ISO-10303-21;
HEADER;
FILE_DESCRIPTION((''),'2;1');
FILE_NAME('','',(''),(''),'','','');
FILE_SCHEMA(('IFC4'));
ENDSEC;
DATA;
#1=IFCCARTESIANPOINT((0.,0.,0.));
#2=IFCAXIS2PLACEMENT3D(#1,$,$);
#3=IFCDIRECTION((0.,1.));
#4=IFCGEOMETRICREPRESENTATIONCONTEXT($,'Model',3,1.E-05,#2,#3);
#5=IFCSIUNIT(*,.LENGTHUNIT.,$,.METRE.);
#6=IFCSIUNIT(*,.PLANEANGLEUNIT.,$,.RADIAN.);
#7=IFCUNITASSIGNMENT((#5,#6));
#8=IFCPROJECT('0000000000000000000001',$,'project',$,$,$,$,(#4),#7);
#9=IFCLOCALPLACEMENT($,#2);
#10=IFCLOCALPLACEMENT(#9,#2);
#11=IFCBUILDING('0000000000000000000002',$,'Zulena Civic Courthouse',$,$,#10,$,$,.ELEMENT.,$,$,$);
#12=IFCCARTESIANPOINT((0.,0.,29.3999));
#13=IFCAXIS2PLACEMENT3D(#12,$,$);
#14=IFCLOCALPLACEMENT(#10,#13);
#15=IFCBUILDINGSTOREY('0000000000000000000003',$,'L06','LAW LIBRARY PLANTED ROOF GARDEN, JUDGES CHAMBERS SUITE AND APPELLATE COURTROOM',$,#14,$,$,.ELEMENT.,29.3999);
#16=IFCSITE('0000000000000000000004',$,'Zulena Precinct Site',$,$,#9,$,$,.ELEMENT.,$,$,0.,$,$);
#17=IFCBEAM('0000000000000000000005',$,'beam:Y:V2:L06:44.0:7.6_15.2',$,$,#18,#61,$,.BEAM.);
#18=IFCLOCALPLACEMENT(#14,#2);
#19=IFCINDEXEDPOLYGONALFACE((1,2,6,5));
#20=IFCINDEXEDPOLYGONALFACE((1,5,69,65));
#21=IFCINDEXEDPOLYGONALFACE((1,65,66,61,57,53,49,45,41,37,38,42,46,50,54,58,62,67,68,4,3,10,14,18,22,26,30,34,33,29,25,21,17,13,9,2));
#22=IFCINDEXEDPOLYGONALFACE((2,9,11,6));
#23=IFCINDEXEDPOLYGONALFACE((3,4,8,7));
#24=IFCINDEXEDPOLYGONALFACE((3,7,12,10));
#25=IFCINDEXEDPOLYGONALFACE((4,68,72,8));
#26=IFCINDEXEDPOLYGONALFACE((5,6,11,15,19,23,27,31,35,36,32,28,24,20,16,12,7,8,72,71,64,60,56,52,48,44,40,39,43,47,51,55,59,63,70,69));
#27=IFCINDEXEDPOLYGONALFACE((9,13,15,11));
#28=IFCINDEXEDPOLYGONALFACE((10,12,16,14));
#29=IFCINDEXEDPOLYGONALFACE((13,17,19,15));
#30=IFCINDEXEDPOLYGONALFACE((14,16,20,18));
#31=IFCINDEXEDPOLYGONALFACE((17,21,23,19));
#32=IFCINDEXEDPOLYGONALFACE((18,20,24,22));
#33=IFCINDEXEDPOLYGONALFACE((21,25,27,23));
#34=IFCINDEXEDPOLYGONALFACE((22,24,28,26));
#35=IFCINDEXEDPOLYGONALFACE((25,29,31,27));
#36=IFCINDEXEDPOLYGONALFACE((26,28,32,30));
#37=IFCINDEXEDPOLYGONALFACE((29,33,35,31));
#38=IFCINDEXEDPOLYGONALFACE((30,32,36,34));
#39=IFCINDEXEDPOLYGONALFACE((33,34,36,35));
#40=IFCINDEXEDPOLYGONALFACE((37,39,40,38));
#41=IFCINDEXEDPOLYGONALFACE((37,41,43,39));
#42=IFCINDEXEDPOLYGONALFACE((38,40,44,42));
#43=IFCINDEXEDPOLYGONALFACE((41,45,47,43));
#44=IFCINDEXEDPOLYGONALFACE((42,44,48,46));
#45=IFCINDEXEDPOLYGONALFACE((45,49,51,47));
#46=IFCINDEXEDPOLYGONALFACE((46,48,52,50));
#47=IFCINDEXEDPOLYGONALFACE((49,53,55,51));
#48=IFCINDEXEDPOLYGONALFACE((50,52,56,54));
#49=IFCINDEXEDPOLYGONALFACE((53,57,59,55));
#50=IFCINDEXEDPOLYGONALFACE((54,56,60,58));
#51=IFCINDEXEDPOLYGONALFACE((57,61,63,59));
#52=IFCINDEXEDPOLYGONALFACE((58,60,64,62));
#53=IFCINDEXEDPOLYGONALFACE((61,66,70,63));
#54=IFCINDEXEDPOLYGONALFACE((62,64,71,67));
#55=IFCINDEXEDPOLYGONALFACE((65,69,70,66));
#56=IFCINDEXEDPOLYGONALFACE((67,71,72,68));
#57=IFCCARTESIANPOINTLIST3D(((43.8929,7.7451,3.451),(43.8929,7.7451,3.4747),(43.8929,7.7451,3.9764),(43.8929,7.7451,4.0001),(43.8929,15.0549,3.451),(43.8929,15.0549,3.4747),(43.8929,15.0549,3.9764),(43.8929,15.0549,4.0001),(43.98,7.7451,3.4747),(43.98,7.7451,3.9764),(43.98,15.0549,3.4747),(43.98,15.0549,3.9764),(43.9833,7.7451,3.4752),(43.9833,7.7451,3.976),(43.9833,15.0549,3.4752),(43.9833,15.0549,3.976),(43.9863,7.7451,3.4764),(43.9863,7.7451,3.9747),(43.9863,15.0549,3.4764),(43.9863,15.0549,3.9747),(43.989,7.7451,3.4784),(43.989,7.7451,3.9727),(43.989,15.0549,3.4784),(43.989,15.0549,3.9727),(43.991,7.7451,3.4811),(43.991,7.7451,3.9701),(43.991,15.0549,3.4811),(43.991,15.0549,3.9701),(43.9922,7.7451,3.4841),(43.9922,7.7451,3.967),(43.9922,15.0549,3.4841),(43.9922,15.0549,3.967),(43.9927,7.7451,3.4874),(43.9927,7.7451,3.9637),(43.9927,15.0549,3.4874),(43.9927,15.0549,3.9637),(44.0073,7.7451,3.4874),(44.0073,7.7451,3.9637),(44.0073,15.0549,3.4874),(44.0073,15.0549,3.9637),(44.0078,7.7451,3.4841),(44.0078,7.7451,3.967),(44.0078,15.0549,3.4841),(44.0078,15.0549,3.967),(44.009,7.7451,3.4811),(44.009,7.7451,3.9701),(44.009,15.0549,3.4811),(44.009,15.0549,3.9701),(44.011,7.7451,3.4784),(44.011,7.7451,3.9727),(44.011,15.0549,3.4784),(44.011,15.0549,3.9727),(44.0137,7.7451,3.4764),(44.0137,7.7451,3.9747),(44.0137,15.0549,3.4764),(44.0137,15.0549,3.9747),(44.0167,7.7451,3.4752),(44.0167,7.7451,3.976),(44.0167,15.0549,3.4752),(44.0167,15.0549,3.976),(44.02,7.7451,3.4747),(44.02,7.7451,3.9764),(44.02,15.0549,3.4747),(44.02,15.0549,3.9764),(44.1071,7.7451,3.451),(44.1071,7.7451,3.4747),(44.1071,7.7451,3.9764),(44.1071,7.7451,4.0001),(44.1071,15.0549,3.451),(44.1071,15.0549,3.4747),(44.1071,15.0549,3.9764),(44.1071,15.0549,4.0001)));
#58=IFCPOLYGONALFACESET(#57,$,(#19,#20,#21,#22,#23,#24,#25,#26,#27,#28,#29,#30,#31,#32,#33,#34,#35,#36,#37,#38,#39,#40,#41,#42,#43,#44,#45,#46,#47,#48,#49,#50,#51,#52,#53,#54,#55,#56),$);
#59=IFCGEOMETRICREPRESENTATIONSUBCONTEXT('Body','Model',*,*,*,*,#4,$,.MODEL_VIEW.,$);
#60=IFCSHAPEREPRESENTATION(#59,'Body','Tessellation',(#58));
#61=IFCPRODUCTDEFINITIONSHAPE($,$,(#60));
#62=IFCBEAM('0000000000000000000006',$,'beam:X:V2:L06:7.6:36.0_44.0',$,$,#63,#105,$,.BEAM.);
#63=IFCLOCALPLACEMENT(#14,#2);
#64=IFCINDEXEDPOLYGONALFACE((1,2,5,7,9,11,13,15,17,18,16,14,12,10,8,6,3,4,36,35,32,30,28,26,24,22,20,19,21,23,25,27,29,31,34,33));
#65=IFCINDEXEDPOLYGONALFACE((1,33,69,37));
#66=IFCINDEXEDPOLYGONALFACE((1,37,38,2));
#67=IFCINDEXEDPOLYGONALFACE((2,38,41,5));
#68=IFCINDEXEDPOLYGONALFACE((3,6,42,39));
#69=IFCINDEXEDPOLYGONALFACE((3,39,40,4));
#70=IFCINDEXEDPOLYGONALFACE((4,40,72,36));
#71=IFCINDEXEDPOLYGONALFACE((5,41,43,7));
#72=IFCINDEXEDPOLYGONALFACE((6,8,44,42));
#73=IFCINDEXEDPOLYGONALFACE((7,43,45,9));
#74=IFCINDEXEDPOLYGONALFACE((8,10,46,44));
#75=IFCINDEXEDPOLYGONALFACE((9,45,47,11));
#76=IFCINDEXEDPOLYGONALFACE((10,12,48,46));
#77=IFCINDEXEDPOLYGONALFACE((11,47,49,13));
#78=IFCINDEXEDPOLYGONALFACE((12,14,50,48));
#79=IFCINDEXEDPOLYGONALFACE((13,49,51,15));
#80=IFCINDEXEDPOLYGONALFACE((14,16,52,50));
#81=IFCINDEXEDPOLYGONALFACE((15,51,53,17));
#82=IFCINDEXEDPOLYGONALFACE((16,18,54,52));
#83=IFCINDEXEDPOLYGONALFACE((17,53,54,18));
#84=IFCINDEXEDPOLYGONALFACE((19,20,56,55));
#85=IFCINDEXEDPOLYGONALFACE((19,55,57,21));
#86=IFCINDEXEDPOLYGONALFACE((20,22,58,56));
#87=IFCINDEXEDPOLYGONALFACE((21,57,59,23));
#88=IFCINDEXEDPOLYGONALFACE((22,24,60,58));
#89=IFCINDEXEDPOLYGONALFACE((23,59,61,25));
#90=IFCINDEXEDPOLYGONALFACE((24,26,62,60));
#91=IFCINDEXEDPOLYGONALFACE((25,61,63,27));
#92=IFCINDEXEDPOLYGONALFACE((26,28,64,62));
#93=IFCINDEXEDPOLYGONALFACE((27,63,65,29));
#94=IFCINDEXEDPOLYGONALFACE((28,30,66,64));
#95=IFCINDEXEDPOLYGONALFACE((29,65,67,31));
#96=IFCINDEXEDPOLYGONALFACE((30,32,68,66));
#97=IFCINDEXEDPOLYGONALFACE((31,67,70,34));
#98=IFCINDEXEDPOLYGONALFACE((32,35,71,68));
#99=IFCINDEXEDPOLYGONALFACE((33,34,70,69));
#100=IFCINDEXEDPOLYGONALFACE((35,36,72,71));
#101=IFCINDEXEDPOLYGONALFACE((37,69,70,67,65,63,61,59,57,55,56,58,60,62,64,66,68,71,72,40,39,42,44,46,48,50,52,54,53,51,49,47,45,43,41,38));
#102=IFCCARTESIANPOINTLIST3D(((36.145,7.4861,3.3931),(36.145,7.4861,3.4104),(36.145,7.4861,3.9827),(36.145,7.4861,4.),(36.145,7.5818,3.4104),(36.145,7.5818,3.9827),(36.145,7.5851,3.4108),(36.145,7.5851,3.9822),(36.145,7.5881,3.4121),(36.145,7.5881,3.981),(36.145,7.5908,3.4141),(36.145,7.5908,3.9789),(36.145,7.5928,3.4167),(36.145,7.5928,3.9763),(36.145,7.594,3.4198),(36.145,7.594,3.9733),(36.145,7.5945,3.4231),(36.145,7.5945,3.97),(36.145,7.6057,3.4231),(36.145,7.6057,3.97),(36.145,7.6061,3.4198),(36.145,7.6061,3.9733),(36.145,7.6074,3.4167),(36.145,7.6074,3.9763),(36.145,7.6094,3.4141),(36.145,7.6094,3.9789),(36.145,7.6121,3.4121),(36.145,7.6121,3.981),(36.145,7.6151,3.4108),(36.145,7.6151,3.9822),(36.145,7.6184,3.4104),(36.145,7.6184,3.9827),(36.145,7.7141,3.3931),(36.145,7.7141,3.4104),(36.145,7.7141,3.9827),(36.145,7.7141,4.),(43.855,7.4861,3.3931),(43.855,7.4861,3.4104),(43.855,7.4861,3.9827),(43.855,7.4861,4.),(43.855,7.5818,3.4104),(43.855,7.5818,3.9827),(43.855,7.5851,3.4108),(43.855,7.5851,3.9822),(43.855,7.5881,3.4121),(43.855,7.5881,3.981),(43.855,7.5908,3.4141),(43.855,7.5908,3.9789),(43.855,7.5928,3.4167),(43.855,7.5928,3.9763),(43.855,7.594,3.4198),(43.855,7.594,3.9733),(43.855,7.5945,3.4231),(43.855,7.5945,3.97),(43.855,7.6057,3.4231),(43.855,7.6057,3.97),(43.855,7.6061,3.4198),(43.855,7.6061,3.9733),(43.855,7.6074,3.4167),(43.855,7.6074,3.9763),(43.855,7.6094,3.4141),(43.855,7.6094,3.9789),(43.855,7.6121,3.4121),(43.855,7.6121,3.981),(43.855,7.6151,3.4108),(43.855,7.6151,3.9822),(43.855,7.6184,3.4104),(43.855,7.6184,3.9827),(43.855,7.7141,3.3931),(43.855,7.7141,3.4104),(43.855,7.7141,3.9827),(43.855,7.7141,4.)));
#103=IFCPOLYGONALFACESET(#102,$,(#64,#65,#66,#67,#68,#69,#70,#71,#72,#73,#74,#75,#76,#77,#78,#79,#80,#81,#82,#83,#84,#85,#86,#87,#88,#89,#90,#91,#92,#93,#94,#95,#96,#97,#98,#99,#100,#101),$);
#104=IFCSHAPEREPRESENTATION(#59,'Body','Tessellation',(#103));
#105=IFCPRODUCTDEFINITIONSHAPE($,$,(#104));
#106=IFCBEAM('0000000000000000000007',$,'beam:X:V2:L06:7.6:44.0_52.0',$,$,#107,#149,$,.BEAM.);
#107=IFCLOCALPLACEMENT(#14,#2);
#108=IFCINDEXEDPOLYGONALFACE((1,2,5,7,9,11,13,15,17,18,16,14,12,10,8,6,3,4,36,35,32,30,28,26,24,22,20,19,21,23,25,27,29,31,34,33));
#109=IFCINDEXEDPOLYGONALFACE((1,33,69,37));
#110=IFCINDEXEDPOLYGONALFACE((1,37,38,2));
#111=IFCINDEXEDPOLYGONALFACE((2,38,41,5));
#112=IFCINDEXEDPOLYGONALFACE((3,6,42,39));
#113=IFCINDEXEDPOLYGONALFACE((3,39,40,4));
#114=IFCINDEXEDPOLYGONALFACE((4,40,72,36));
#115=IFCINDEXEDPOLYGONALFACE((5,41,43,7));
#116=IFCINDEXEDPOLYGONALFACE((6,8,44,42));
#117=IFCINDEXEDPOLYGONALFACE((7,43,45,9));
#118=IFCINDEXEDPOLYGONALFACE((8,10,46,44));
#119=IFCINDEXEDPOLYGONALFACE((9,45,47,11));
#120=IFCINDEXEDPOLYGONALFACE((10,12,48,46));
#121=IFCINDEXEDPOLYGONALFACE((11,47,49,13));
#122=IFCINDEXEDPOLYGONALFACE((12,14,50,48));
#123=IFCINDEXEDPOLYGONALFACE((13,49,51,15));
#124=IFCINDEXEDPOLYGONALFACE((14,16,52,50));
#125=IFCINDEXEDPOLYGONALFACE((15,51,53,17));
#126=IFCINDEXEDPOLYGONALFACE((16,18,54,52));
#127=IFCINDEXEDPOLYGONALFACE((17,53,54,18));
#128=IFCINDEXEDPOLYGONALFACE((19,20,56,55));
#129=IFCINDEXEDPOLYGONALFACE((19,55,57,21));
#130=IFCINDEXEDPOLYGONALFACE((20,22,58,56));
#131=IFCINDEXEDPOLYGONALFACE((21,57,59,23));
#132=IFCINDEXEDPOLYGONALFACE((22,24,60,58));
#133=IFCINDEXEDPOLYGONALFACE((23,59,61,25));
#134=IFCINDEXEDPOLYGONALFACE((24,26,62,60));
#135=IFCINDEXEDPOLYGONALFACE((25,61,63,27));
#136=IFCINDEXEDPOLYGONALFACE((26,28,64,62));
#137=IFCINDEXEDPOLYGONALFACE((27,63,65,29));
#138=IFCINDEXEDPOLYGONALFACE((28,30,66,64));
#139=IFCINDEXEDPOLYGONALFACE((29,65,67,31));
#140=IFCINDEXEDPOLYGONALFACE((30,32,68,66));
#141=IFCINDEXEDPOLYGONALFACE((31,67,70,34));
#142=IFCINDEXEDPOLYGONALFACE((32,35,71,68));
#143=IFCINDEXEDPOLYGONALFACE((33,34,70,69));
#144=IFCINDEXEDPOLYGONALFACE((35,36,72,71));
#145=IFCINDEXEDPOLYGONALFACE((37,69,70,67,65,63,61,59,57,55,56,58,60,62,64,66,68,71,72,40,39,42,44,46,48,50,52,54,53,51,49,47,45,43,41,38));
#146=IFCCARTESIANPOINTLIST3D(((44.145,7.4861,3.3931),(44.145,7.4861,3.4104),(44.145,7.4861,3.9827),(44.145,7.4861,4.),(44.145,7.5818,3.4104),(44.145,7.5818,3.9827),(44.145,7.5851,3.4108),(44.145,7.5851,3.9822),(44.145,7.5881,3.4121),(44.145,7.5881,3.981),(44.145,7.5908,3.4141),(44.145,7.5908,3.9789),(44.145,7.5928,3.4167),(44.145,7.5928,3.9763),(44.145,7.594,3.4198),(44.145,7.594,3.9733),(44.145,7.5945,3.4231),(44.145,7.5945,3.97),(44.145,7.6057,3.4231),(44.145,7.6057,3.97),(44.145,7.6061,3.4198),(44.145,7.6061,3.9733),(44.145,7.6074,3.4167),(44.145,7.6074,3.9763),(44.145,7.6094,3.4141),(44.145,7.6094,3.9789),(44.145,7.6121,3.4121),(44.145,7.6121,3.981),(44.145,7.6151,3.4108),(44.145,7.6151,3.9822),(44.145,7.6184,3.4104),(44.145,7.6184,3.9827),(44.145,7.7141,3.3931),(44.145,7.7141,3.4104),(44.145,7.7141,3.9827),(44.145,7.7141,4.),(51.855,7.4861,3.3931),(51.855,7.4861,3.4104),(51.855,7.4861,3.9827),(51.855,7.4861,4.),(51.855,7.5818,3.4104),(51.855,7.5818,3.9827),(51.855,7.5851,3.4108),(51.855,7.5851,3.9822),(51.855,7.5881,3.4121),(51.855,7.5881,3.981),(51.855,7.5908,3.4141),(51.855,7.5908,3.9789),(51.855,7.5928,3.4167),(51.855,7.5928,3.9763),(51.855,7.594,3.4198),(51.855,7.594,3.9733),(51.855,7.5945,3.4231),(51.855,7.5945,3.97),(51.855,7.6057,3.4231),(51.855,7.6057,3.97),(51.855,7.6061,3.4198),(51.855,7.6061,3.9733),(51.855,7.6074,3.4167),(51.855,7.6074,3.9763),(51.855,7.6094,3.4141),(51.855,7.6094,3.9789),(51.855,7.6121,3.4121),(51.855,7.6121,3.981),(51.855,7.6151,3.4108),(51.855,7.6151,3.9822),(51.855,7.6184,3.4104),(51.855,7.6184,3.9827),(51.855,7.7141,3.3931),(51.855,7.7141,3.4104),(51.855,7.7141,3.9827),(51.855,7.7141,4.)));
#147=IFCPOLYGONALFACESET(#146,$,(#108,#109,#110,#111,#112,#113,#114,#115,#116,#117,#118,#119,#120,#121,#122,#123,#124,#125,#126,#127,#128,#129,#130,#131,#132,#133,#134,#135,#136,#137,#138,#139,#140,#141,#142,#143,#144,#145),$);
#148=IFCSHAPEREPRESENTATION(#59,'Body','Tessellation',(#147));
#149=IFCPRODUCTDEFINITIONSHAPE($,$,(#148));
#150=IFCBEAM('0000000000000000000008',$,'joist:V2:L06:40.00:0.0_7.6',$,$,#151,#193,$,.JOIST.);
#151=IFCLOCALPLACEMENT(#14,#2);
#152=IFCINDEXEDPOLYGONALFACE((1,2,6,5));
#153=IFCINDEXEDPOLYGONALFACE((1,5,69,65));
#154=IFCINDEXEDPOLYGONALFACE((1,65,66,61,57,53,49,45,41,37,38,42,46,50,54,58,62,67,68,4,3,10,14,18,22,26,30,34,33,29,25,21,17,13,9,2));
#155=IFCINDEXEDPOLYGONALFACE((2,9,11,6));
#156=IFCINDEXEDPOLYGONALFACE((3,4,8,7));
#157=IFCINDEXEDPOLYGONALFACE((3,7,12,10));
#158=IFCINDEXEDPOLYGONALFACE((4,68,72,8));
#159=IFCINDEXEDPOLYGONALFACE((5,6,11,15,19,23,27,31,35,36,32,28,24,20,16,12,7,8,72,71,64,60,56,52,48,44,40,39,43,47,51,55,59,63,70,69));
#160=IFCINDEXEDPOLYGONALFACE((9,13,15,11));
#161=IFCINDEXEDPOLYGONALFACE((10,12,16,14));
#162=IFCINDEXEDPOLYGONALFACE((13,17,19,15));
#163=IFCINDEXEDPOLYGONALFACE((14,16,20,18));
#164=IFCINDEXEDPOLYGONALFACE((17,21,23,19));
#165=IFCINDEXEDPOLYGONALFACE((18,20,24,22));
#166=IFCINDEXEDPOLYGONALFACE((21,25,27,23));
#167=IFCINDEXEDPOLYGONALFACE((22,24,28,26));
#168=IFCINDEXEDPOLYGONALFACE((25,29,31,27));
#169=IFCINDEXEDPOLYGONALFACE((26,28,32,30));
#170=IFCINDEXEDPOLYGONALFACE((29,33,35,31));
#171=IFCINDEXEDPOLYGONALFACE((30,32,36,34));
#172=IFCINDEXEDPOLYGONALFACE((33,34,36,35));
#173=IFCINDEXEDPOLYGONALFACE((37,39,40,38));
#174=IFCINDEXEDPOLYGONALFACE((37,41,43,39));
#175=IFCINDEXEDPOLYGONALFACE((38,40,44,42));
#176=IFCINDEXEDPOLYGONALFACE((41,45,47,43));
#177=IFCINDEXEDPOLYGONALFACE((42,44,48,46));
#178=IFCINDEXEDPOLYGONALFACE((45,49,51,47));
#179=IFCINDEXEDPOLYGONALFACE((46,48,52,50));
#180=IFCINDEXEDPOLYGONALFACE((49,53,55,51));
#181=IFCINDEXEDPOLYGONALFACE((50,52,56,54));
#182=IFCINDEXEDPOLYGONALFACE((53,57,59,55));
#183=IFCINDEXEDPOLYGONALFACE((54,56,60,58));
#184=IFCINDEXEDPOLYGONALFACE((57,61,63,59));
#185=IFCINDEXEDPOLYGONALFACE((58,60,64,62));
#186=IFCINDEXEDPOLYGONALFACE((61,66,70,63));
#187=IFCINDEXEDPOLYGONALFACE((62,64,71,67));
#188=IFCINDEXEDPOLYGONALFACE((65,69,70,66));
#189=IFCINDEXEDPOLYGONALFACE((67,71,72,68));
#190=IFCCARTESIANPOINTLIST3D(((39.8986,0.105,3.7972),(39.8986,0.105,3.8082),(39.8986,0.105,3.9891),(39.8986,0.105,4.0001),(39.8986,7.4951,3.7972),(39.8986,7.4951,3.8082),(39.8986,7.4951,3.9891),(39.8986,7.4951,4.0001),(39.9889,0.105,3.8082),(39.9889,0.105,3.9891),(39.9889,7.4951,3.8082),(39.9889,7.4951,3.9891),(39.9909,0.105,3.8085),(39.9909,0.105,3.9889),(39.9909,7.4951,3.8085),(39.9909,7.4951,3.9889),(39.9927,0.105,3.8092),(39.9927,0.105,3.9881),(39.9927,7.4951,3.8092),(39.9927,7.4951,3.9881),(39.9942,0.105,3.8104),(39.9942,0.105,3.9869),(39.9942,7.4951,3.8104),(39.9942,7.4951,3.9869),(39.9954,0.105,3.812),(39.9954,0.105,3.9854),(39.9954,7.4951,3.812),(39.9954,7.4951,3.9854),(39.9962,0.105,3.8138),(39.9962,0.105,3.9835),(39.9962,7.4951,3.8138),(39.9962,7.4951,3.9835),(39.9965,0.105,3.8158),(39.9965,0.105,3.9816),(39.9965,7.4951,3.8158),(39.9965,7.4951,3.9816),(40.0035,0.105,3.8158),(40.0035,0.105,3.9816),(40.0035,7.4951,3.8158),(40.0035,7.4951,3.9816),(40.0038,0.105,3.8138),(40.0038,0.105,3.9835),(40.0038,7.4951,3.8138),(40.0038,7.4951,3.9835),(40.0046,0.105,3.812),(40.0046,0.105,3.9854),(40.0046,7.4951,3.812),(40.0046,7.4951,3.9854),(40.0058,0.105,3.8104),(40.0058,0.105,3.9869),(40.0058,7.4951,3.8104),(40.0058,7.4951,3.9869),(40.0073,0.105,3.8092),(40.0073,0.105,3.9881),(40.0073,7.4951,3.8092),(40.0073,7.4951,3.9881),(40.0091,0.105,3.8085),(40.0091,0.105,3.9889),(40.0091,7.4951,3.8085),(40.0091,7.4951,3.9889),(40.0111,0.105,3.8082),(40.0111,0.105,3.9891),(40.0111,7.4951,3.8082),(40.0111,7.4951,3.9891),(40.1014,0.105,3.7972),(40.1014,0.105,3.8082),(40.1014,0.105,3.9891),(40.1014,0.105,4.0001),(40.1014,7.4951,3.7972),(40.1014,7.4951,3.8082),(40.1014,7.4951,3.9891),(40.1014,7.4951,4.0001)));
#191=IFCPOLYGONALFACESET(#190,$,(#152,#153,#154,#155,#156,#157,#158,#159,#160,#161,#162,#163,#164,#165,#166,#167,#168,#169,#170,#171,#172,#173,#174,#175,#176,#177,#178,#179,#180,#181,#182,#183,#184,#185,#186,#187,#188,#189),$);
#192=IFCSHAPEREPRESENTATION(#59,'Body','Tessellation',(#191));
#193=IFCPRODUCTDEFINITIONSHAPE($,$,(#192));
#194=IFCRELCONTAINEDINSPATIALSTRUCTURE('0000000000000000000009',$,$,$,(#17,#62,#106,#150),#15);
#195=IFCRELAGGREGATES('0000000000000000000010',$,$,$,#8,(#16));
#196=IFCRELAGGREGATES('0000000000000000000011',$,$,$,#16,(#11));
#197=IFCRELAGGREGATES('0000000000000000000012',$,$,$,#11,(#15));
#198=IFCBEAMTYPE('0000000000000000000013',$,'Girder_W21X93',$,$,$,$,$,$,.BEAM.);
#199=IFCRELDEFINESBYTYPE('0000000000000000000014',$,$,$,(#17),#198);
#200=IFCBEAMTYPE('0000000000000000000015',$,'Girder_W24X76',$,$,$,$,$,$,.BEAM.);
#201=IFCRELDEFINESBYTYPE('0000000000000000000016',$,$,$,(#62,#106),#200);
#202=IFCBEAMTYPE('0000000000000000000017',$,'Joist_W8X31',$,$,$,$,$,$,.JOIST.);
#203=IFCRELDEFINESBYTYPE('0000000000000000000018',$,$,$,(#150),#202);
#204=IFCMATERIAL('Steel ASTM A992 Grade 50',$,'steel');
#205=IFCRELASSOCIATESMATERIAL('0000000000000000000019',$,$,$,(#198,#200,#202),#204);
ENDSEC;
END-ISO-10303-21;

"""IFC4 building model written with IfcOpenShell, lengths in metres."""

from ifc_helpers import new_model, si_unit, direction, frame, origin, origin_2d, place, context, subcontext, project, spatial, i_section, extrude, material, material_profile, profile_set, type_object, element, save


model = new_model("IFC4")

# Units and contexts
model_context = context("Model", 3, precision=1e-05, world=origin(), true_north=direction((0.0, 1.0)))
body_context = subcontext(model_context, "Body", "Model", "MODEL_VIEW")
ifc_project = project(units=[si_unit("LENGTHUNIT", "METRE"), si_unit("PLANEANGLEUNIT", "RADIAN")], contexts=[model_context])

# Site, building, storey
site_placement = place(None, origin())
site = spatial("IfcSite", under=ifc_project, at=site_placement, Name="Zulena Precinct Site", CompositionType="ELEMENT", RefElevation=0.0)
building_placement = place(site_placement, origin())
building = spatial("IfcBuilding", under=site, at=building_placement, Name="Zulena Civic Courthouse", CompositionType="ELEMENT")
storey_placement = place(building_placement, frame((0.0, 0.0, 29.3999)))
storey = spatial("IfcBuildingStorey", under=building, at=storey_placement, Name="L06", Description="LAW LIBRARY PLANTED ROOF GARDEN, JUDGES CHAMBERS SUITE AND APPELLATE COURTROOM", CompositionType="ELEMENT", Elevation=29.3999)

# Shared definitions
ifc_material_1 = material(Name="Steel ASTM A992 Grade 50", Category="steel")

# Beams
ifc_material_profile_1 = material_profile(ifc_material_1, i_section(OverallWidth=0.2141, OverallDepth=0.5491, WebThickness=0.0146, FlangeThickness=0.0237, FilletRadius=0.0127, at=origin_2d()), Name="W21X93")
ifc_profile_set_1 = profile_set([ifc_material_profile_1], Name="Steel ASTM A992 Grade 50")
beam_type_1 = type_object("IfcBeamType", Name="Girder_W21X93", PredefinedType="BEAM", material=ifc_profile_set_1)
for number, where, z_axis, x_axis, name in (
    (1, (44.0, 7.7451, 3.7256), (0.0, 1.0, 0.0), (-1.0, 0.0, 0.0), "beam:Y:V2:L06:44.0:7.6_15.2"),
):
    element("IfcBeam", number, at=place(storey_placement, frame(where, z_axis=z_axis, x_axis=x_axis)), inside=storey, type_object=beam_type_1, Name=name, PredefinedType="BEAM", context=body_context, shape_type="SweptSolid", body=[
        extrude(i_section(OverallWidth=0.2141, OverallDepth=0.5491, WebThickness=0.0146, FlangeThickness=0.0237, FilletRadius=0.0127, at=origin_2d()), origin(), (0.0, 0.0, 1.0), 7.3098),
    ])
ifc_material_profile_2 = material_profile(ifc_material_1, i_section(OverallWidth=0.228, OverallDepth=0.6069, WebThickness=0.0112, FlangeThickness=0.0173, FilletRadius=0.0127, at=origin_2d()), Name="W24X76")
ifc_profile_set_2 = profile_set([ifc_material_profile_2], Name="Steel ASTM A992 Grade 50")
beam_type_2 = type_object("IfcBeamType", Name="Girder_W24X76", PredefinedType="BEAM", material=ifc_profile_set_2)
for number, where, z_axis, x_axis, name in (
    (2, (36.145, 7.6001, 3.6965), (1.0, 0.0, 0.0), (0.0, 1.0, 0.0), "beam:X:V2:L06:7.6:36.0_44.0"),
    (3, (44.145, 7.6001, 3.6965), (1.0, 0.0, 0.0), (0.0, 1.0, 0.0), "beam:X:V2:L06:7.6:44.0_52.0"),
):
    element("IfcBeam", number, at=place(storey_placement, frame(where, z_axis=z_axis, x_axis=x_axis)), inside=storey, type_object=beam_type_2, Name=name, PredefinedType="BEAM", context=body_context, shape_type="SweptSolid", body=[
        extrude(i_section(OverallWidth=0.228, OverallDepth=0.6069, WebThickness=0.0112, FlangeThickness=0.0173, FilletRadius=0.0127, at=origin_2d()), origin(), (0.0, 0.0, 1.0), 7.71),
    ])
ifc_material_profile_3 = material_profile(ifc_material_1, i_section(OverallWidth=0.2029, OverallDepth=0.2029, WebThickness=0.0071, FlangeThickness=0.011, FilletRadius=0.0076, at=origin_2d()), Name="W8X31")
ifc_profile_set_3 = profile_set([ifc_material_profile_3], Name="Steel ASTM A992 Grade 50")
beam_type_3 = type_object("IfcBeamType", Name="Joist_W8X31", PredefinedType="JOIST", material=ifc_profile_set_3)
beam_1_placement = place(storey_placement, frame((40.0, 0.105, 3.8987), z_axis=(0.0, 1.0, 0.0), x_axis=(-1.0, 0.0, 0.0)))
element("IfcBeam", 4, at=beam_1_placement, inside=storey, type_object=beam_type_3, Name="joist:V2:L06:40.00:0.0_7.6", PredefinedType="JOIST", context=body_context, shape_type="SweptSolid", body=[
    extrude(i_section(OverallWidth=0.2029, OverallDepth=0.2029, WebThickness=0.0071, FlangeThickness=0.011, FilletRadius=0.0076, at=origin_2d()), origin(), (0.0, 0.0, 1.0), 7.3901),
])

save(model, "model.ifc")
